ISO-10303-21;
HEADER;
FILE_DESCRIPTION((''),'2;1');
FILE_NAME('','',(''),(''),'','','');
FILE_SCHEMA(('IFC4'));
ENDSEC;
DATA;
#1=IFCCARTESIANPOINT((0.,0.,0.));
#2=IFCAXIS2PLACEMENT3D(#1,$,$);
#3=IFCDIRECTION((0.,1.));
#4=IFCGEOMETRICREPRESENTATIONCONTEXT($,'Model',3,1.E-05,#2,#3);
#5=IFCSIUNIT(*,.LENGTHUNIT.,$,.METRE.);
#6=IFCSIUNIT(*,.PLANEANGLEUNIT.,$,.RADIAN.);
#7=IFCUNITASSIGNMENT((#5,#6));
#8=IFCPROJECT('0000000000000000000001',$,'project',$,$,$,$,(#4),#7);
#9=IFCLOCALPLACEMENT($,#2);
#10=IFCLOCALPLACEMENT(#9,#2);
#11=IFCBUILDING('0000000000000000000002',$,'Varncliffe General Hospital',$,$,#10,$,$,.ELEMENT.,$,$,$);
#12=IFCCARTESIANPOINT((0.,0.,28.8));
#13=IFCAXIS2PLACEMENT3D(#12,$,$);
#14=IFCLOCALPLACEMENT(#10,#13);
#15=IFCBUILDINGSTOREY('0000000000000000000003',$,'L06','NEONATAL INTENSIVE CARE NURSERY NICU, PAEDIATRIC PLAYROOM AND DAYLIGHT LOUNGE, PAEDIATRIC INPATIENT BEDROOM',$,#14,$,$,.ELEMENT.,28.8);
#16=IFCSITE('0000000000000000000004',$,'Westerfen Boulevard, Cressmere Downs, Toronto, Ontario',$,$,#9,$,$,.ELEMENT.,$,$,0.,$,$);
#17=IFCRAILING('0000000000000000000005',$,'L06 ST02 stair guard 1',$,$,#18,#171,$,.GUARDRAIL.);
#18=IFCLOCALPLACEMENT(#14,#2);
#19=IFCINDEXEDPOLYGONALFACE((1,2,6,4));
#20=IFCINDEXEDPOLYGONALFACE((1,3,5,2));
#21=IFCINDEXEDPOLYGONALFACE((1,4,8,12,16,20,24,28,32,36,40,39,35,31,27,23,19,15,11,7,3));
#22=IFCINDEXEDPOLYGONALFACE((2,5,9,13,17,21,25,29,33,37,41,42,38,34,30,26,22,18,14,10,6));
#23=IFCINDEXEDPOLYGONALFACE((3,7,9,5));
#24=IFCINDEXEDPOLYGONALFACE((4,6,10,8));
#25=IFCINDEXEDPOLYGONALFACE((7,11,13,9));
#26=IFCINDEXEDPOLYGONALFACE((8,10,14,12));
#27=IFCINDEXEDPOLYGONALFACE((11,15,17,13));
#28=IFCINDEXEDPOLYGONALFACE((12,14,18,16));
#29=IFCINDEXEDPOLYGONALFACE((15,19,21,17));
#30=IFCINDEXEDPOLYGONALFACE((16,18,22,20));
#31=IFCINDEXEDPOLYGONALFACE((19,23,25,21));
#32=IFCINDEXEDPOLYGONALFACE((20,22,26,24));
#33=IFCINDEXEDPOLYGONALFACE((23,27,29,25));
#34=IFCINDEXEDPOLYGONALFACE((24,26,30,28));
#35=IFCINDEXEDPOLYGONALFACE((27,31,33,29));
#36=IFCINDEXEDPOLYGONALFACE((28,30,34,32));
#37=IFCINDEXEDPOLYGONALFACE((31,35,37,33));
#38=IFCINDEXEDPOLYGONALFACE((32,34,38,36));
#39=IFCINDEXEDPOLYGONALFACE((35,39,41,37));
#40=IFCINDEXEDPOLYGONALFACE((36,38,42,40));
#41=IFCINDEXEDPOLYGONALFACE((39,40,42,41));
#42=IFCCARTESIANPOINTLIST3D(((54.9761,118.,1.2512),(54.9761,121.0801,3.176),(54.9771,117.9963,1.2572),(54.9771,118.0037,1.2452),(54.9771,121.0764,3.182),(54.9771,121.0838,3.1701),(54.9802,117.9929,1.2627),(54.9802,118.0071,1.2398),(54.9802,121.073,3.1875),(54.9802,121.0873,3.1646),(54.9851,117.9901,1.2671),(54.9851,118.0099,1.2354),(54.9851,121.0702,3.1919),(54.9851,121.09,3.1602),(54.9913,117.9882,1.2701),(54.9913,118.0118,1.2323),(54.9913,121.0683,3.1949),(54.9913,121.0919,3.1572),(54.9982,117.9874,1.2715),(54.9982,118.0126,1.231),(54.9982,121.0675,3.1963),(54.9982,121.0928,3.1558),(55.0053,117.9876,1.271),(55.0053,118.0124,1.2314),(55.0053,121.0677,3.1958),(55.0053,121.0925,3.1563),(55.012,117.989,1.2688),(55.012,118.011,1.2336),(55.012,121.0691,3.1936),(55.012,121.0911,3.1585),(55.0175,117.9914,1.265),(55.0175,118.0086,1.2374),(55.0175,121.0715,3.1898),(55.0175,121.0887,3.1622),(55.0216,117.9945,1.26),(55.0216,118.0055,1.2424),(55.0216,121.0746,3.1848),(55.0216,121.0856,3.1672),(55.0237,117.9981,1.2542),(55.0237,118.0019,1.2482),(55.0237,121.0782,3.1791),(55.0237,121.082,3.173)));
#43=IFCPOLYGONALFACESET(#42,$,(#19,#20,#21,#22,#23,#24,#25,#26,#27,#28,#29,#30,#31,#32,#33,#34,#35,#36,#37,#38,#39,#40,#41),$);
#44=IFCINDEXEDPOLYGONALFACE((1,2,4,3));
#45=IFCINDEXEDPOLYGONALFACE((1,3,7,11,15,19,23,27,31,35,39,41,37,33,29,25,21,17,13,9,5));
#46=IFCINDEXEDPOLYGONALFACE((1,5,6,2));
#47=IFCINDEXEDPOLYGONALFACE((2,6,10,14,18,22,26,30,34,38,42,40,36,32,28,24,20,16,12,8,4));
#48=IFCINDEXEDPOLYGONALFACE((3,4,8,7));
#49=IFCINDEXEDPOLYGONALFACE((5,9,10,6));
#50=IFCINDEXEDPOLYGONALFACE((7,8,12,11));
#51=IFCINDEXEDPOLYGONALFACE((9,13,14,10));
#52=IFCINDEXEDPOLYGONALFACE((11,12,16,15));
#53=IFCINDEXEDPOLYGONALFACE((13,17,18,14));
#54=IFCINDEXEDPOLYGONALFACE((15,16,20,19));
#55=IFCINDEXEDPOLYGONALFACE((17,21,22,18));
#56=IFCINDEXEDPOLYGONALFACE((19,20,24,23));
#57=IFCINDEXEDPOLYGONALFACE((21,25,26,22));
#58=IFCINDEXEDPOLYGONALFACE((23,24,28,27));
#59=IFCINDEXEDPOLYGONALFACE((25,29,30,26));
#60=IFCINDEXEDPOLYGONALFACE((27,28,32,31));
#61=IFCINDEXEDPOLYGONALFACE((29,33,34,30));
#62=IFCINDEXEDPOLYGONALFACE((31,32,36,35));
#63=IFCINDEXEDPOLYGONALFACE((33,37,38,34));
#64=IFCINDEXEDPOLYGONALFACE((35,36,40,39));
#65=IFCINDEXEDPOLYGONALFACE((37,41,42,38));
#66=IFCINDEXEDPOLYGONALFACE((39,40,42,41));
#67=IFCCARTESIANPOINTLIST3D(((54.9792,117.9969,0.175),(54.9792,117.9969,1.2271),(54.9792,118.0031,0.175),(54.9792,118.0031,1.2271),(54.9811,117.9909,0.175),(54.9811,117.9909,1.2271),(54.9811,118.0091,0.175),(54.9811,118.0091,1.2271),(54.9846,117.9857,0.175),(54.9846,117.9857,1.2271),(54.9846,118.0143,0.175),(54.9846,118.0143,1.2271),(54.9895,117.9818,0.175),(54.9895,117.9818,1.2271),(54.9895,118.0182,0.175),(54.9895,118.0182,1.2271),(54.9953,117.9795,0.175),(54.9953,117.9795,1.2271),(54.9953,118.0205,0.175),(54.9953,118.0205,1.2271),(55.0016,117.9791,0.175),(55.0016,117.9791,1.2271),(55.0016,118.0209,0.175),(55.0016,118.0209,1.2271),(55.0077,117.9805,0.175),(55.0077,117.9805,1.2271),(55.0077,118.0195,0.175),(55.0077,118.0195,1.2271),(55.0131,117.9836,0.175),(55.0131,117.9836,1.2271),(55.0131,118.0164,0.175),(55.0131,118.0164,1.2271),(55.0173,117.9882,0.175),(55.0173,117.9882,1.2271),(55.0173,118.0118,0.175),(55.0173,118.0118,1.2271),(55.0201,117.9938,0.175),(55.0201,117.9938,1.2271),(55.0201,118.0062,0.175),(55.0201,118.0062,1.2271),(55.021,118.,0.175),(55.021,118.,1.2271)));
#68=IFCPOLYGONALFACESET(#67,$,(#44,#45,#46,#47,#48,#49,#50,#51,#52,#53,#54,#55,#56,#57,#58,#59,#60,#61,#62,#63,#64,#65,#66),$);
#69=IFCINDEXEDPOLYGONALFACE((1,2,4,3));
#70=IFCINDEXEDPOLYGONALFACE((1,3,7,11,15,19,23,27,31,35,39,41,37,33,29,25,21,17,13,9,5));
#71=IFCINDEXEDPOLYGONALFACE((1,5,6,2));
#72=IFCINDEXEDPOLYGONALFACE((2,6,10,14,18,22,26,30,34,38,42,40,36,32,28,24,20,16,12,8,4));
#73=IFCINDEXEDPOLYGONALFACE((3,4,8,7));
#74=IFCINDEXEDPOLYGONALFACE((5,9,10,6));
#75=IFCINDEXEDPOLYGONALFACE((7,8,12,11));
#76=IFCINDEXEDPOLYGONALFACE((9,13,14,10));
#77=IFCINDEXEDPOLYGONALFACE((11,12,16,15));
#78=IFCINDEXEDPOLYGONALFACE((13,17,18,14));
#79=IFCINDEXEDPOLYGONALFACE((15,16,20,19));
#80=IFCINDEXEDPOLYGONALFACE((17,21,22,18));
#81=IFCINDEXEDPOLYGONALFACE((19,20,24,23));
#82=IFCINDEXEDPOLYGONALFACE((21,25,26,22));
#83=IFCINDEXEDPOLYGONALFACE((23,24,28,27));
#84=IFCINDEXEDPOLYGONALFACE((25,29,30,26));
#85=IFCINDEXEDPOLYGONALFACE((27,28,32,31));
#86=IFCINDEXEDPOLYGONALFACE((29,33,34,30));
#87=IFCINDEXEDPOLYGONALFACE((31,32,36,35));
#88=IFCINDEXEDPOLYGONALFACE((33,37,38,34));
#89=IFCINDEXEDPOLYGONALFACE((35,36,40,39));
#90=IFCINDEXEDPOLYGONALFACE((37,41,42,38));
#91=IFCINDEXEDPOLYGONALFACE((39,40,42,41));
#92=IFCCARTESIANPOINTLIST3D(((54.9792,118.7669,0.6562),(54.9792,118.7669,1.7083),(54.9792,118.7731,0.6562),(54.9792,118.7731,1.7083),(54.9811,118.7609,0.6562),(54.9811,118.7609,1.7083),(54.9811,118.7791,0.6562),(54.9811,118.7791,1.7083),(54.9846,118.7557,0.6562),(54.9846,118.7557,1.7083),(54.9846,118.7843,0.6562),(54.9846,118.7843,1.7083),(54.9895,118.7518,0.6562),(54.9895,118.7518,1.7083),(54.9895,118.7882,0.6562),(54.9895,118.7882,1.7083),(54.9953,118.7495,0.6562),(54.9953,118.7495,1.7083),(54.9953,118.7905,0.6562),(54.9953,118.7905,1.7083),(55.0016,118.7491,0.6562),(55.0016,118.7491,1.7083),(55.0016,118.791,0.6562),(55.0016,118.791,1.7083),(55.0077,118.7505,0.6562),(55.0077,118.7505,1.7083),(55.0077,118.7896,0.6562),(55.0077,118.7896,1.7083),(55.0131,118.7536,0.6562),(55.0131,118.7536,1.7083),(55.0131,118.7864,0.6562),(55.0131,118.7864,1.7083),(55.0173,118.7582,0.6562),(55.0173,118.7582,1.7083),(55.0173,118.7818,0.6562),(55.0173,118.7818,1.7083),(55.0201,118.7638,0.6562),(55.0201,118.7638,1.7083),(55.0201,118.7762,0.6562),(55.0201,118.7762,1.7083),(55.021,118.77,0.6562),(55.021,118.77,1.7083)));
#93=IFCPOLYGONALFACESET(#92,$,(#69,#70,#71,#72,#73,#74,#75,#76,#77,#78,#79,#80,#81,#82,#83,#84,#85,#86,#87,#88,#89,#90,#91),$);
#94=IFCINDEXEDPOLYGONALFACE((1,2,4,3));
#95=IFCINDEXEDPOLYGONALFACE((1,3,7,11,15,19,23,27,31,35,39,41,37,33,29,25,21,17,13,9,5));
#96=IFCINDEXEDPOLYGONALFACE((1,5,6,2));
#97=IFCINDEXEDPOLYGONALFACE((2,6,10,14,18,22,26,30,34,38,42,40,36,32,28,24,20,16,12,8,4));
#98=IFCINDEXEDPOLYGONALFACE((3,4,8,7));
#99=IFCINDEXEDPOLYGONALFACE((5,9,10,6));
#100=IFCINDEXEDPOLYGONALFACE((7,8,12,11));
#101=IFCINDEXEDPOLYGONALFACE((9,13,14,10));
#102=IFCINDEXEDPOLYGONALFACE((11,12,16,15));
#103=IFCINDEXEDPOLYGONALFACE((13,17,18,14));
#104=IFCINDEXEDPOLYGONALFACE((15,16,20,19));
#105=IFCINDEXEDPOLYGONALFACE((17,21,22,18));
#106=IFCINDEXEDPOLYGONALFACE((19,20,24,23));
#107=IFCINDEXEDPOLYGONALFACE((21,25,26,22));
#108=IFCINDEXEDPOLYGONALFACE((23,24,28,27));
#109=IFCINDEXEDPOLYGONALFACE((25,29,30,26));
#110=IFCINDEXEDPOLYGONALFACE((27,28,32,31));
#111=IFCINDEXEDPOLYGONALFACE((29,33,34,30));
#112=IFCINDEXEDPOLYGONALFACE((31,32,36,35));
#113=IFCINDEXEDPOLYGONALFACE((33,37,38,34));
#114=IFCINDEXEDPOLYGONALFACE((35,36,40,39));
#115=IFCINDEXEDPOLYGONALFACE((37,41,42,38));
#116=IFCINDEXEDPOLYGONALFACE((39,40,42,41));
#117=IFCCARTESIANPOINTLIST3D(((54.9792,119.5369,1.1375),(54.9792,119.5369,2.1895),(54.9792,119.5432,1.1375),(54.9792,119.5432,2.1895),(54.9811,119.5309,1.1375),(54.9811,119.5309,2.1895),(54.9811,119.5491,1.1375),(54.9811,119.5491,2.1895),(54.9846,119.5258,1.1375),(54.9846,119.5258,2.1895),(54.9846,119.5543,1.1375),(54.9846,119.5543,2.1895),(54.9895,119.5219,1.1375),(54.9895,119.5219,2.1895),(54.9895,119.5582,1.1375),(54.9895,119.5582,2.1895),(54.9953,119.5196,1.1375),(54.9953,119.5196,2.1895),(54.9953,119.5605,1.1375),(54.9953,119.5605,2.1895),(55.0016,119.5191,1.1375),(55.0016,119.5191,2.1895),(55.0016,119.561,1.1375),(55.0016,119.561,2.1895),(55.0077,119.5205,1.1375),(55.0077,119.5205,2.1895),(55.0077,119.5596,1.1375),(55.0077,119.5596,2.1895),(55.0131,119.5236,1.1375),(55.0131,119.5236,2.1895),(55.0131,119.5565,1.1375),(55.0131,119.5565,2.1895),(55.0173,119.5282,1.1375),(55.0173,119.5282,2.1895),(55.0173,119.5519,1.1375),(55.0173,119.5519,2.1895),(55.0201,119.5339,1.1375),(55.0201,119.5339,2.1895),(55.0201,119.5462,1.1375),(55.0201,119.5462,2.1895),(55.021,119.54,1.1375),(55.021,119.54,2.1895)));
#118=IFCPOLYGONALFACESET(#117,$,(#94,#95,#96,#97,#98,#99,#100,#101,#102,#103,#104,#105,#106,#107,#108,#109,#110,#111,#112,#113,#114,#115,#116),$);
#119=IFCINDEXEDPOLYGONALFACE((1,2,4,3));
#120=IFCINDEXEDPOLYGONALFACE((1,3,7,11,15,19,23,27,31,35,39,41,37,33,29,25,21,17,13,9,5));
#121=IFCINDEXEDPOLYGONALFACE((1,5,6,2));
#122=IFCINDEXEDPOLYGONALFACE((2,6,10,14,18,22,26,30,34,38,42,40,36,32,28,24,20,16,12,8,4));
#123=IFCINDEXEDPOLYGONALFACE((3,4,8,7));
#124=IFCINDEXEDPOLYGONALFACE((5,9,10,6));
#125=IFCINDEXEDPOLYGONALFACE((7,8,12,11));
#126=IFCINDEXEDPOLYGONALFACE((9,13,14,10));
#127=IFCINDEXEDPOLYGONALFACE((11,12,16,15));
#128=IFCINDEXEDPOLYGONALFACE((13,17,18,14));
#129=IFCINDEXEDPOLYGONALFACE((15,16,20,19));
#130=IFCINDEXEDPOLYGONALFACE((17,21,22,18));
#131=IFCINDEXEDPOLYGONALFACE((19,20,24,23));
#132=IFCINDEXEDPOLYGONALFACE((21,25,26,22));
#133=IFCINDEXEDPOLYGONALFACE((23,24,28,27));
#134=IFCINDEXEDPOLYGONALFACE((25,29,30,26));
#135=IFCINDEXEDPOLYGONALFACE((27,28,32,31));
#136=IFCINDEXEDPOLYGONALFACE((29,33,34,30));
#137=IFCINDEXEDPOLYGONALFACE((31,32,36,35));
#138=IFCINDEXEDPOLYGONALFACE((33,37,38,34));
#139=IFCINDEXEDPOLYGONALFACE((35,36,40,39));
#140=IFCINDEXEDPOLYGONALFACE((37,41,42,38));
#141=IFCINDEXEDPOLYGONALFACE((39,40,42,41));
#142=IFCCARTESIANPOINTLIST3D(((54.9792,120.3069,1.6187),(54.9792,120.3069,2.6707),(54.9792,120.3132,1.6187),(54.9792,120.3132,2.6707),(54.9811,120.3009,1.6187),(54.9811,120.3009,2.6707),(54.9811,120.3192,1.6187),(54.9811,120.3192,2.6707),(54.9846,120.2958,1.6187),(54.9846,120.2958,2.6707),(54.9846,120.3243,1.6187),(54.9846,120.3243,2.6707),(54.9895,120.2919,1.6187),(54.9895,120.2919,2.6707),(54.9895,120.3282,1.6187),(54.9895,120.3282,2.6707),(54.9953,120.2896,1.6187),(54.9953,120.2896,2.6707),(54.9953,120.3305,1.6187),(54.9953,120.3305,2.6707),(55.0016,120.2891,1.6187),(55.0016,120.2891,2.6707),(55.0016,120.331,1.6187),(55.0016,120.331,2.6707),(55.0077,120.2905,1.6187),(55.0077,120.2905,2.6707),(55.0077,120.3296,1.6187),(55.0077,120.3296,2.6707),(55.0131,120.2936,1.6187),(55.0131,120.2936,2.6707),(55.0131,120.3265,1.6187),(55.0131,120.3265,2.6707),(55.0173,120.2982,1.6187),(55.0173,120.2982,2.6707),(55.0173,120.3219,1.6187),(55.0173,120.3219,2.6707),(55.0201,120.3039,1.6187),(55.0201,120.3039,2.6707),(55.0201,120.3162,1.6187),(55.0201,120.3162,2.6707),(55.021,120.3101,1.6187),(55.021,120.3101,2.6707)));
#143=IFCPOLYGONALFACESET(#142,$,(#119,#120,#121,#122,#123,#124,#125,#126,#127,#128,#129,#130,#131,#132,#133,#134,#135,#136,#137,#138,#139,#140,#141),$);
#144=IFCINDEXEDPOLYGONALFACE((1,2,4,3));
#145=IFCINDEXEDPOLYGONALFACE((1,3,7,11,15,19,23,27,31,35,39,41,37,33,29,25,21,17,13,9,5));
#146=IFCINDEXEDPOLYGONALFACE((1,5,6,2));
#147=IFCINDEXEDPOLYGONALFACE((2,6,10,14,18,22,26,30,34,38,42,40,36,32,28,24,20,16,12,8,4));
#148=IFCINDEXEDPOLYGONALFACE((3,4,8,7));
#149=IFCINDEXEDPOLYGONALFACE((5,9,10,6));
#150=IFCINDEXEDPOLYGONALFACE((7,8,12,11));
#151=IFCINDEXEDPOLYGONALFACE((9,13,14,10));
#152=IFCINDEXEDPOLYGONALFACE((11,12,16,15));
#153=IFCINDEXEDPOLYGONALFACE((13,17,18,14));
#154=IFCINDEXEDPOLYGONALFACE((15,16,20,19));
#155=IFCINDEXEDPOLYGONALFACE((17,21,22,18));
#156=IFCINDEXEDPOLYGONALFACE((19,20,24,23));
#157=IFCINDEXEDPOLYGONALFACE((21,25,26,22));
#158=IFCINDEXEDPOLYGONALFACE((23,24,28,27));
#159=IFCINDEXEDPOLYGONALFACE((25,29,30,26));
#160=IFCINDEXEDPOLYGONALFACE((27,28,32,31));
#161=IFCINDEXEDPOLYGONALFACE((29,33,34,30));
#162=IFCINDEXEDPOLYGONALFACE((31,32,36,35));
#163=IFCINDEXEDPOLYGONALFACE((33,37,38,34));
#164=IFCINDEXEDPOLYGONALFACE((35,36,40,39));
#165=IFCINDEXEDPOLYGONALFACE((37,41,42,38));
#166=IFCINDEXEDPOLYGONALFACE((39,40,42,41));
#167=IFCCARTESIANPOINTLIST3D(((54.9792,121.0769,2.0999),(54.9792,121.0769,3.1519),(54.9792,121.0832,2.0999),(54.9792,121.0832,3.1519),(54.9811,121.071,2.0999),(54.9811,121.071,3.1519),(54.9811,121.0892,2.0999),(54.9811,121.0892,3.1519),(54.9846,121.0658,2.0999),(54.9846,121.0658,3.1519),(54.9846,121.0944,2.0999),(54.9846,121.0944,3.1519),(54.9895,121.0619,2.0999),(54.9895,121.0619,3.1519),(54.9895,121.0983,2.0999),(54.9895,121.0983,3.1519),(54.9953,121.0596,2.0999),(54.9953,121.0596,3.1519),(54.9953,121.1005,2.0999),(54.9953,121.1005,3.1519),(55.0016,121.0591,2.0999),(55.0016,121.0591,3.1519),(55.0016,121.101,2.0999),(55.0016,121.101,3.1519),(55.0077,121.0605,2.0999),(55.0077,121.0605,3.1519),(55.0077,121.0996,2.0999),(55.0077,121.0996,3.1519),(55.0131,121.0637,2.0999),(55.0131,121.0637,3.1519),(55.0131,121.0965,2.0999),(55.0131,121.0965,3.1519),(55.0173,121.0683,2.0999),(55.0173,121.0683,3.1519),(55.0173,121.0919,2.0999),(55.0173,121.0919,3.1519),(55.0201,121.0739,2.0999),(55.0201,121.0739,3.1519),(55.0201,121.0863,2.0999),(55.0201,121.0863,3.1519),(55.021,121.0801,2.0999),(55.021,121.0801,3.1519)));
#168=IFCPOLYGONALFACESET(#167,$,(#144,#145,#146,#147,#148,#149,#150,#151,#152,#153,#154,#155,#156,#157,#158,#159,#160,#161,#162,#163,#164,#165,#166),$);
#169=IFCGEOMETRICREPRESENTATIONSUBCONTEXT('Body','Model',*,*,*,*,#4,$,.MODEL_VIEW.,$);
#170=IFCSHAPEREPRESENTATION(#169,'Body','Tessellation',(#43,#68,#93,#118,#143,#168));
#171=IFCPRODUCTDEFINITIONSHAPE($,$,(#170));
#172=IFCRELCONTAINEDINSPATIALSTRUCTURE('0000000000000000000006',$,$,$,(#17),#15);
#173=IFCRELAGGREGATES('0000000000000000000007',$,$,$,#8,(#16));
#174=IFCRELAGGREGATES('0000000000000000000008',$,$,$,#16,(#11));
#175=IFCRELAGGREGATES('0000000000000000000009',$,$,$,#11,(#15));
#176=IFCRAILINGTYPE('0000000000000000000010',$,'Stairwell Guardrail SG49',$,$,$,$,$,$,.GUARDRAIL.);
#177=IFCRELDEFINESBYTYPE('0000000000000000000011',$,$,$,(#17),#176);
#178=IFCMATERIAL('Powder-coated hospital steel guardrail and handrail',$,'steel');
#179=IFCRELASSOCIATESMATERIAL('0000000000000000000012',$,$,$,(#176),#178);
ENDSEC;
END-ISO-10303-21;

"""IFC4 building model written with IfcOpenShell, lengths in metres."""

from ifc_helpers import new_model, si_unit, direction, frame, origin, origin_2d, place, context, subcontext, project, spatial, circle, extrude, material, type_object, element, save


model = new_model("IFC4")

# Units and contexts
model_context = context("Model", 3, precision=1e-05, world=origin(), true_north=direction((0.0, 1.0)))
body_context = subcontext(model_context, "Body", "Model", "MODEL_VIEW")
ifc_project = project(units=[si_unit("LENGTHUNIT", "METRE"), si_unit("PLANEANGLEUNIT", "RADIAN")], contexts=[model_context])

# Site, building, storey
site_placement = place(None, origin())
site = spatial("IfcSite", under=ifc_project, at=site_placement, Name="Westerfen Boulevard, Cressmere Downs, Toronto, Ontario", CompositionType="ELEMENT", RefElevation=0.0)
building_placement = place(site_placement, origin())
building = spatial("IfcBuilding", under=site, at=building_placement, Name="Varncliffe General Hospital", CompositionType="ELEMENT")
storey_placement = place(building_placement, frame((0.0, 0.0, 28.8)))
storey = spatial("IfcBuildingStorey", under=building, at=storey_placement, Name="L06", Description="NEONATAL INTENSIVE CARE NURSERY NICU, PAEDIATRIC PLAYROOM AND DAYLIGHT LOUNGE, PAEDIATRIC INPATIENT BEDROOM", CompositionType="ELEMENT", Elevation=28.8)

# Railing
ifc_material_1 = material(Name="Powder-coated hospital steel guardrail and handrail", Category="steel")
railing_type_1 = type_object("IfcRailingType", Name="Stairwell Guardrail SG49", PredefinedType="GUARDRAIL", material=ifc_material_1)
railing_1_placement = place(storey_placement, frame((55.0, 118.0, 0.175)))
element("IfcRailing", 1, at=railing_1_placement, inside=storey, type_object=railing_type_1, Name="L06 ST02 stair guard 1", PredefinedType="GUARDRAIL", context=body_context, shape_type="SweptSolid", body=[
    extrude(circle(Radius=0.0239, at=origin_2d()), frame((0.0, 0.0, 1.0762), z_axis=(0.0, 0.848029, 0.529951), x_axis=(-1.0, 0.0, 0.0)), (0.0, 0.0, 1.0), 3.6321),
    extrude(circle(Radius=0.021, at=origin_2d()), origin(), (0.0, 0.0, 1.0), 1.052),
    extrude(circle(Radius=0.021, at=origin_2d()), frame((0.0, 0.77, 0.4812)), (0.0, 0.0, 1.0), 1.052),
    extrude(circle(Radius=0.021, at=origin_2d()), frame((0.0, 1.54, 0.9624)), (0.0, 0.0, 1.0), 1.052),
    extrude(circle(Radius=0.021, at=origin_2d()), frame((0.0, 2.3101, 1.4436)), (0.0, 0.0, 1.0), 1.052),
    extrude(circle(Radius=0.021, at=origin_2d()), frame((0.0, 3.0801, 1.9248)), (0.0, 0.0, 1.0), 1.052),
])

save(model, "model.ifc")
